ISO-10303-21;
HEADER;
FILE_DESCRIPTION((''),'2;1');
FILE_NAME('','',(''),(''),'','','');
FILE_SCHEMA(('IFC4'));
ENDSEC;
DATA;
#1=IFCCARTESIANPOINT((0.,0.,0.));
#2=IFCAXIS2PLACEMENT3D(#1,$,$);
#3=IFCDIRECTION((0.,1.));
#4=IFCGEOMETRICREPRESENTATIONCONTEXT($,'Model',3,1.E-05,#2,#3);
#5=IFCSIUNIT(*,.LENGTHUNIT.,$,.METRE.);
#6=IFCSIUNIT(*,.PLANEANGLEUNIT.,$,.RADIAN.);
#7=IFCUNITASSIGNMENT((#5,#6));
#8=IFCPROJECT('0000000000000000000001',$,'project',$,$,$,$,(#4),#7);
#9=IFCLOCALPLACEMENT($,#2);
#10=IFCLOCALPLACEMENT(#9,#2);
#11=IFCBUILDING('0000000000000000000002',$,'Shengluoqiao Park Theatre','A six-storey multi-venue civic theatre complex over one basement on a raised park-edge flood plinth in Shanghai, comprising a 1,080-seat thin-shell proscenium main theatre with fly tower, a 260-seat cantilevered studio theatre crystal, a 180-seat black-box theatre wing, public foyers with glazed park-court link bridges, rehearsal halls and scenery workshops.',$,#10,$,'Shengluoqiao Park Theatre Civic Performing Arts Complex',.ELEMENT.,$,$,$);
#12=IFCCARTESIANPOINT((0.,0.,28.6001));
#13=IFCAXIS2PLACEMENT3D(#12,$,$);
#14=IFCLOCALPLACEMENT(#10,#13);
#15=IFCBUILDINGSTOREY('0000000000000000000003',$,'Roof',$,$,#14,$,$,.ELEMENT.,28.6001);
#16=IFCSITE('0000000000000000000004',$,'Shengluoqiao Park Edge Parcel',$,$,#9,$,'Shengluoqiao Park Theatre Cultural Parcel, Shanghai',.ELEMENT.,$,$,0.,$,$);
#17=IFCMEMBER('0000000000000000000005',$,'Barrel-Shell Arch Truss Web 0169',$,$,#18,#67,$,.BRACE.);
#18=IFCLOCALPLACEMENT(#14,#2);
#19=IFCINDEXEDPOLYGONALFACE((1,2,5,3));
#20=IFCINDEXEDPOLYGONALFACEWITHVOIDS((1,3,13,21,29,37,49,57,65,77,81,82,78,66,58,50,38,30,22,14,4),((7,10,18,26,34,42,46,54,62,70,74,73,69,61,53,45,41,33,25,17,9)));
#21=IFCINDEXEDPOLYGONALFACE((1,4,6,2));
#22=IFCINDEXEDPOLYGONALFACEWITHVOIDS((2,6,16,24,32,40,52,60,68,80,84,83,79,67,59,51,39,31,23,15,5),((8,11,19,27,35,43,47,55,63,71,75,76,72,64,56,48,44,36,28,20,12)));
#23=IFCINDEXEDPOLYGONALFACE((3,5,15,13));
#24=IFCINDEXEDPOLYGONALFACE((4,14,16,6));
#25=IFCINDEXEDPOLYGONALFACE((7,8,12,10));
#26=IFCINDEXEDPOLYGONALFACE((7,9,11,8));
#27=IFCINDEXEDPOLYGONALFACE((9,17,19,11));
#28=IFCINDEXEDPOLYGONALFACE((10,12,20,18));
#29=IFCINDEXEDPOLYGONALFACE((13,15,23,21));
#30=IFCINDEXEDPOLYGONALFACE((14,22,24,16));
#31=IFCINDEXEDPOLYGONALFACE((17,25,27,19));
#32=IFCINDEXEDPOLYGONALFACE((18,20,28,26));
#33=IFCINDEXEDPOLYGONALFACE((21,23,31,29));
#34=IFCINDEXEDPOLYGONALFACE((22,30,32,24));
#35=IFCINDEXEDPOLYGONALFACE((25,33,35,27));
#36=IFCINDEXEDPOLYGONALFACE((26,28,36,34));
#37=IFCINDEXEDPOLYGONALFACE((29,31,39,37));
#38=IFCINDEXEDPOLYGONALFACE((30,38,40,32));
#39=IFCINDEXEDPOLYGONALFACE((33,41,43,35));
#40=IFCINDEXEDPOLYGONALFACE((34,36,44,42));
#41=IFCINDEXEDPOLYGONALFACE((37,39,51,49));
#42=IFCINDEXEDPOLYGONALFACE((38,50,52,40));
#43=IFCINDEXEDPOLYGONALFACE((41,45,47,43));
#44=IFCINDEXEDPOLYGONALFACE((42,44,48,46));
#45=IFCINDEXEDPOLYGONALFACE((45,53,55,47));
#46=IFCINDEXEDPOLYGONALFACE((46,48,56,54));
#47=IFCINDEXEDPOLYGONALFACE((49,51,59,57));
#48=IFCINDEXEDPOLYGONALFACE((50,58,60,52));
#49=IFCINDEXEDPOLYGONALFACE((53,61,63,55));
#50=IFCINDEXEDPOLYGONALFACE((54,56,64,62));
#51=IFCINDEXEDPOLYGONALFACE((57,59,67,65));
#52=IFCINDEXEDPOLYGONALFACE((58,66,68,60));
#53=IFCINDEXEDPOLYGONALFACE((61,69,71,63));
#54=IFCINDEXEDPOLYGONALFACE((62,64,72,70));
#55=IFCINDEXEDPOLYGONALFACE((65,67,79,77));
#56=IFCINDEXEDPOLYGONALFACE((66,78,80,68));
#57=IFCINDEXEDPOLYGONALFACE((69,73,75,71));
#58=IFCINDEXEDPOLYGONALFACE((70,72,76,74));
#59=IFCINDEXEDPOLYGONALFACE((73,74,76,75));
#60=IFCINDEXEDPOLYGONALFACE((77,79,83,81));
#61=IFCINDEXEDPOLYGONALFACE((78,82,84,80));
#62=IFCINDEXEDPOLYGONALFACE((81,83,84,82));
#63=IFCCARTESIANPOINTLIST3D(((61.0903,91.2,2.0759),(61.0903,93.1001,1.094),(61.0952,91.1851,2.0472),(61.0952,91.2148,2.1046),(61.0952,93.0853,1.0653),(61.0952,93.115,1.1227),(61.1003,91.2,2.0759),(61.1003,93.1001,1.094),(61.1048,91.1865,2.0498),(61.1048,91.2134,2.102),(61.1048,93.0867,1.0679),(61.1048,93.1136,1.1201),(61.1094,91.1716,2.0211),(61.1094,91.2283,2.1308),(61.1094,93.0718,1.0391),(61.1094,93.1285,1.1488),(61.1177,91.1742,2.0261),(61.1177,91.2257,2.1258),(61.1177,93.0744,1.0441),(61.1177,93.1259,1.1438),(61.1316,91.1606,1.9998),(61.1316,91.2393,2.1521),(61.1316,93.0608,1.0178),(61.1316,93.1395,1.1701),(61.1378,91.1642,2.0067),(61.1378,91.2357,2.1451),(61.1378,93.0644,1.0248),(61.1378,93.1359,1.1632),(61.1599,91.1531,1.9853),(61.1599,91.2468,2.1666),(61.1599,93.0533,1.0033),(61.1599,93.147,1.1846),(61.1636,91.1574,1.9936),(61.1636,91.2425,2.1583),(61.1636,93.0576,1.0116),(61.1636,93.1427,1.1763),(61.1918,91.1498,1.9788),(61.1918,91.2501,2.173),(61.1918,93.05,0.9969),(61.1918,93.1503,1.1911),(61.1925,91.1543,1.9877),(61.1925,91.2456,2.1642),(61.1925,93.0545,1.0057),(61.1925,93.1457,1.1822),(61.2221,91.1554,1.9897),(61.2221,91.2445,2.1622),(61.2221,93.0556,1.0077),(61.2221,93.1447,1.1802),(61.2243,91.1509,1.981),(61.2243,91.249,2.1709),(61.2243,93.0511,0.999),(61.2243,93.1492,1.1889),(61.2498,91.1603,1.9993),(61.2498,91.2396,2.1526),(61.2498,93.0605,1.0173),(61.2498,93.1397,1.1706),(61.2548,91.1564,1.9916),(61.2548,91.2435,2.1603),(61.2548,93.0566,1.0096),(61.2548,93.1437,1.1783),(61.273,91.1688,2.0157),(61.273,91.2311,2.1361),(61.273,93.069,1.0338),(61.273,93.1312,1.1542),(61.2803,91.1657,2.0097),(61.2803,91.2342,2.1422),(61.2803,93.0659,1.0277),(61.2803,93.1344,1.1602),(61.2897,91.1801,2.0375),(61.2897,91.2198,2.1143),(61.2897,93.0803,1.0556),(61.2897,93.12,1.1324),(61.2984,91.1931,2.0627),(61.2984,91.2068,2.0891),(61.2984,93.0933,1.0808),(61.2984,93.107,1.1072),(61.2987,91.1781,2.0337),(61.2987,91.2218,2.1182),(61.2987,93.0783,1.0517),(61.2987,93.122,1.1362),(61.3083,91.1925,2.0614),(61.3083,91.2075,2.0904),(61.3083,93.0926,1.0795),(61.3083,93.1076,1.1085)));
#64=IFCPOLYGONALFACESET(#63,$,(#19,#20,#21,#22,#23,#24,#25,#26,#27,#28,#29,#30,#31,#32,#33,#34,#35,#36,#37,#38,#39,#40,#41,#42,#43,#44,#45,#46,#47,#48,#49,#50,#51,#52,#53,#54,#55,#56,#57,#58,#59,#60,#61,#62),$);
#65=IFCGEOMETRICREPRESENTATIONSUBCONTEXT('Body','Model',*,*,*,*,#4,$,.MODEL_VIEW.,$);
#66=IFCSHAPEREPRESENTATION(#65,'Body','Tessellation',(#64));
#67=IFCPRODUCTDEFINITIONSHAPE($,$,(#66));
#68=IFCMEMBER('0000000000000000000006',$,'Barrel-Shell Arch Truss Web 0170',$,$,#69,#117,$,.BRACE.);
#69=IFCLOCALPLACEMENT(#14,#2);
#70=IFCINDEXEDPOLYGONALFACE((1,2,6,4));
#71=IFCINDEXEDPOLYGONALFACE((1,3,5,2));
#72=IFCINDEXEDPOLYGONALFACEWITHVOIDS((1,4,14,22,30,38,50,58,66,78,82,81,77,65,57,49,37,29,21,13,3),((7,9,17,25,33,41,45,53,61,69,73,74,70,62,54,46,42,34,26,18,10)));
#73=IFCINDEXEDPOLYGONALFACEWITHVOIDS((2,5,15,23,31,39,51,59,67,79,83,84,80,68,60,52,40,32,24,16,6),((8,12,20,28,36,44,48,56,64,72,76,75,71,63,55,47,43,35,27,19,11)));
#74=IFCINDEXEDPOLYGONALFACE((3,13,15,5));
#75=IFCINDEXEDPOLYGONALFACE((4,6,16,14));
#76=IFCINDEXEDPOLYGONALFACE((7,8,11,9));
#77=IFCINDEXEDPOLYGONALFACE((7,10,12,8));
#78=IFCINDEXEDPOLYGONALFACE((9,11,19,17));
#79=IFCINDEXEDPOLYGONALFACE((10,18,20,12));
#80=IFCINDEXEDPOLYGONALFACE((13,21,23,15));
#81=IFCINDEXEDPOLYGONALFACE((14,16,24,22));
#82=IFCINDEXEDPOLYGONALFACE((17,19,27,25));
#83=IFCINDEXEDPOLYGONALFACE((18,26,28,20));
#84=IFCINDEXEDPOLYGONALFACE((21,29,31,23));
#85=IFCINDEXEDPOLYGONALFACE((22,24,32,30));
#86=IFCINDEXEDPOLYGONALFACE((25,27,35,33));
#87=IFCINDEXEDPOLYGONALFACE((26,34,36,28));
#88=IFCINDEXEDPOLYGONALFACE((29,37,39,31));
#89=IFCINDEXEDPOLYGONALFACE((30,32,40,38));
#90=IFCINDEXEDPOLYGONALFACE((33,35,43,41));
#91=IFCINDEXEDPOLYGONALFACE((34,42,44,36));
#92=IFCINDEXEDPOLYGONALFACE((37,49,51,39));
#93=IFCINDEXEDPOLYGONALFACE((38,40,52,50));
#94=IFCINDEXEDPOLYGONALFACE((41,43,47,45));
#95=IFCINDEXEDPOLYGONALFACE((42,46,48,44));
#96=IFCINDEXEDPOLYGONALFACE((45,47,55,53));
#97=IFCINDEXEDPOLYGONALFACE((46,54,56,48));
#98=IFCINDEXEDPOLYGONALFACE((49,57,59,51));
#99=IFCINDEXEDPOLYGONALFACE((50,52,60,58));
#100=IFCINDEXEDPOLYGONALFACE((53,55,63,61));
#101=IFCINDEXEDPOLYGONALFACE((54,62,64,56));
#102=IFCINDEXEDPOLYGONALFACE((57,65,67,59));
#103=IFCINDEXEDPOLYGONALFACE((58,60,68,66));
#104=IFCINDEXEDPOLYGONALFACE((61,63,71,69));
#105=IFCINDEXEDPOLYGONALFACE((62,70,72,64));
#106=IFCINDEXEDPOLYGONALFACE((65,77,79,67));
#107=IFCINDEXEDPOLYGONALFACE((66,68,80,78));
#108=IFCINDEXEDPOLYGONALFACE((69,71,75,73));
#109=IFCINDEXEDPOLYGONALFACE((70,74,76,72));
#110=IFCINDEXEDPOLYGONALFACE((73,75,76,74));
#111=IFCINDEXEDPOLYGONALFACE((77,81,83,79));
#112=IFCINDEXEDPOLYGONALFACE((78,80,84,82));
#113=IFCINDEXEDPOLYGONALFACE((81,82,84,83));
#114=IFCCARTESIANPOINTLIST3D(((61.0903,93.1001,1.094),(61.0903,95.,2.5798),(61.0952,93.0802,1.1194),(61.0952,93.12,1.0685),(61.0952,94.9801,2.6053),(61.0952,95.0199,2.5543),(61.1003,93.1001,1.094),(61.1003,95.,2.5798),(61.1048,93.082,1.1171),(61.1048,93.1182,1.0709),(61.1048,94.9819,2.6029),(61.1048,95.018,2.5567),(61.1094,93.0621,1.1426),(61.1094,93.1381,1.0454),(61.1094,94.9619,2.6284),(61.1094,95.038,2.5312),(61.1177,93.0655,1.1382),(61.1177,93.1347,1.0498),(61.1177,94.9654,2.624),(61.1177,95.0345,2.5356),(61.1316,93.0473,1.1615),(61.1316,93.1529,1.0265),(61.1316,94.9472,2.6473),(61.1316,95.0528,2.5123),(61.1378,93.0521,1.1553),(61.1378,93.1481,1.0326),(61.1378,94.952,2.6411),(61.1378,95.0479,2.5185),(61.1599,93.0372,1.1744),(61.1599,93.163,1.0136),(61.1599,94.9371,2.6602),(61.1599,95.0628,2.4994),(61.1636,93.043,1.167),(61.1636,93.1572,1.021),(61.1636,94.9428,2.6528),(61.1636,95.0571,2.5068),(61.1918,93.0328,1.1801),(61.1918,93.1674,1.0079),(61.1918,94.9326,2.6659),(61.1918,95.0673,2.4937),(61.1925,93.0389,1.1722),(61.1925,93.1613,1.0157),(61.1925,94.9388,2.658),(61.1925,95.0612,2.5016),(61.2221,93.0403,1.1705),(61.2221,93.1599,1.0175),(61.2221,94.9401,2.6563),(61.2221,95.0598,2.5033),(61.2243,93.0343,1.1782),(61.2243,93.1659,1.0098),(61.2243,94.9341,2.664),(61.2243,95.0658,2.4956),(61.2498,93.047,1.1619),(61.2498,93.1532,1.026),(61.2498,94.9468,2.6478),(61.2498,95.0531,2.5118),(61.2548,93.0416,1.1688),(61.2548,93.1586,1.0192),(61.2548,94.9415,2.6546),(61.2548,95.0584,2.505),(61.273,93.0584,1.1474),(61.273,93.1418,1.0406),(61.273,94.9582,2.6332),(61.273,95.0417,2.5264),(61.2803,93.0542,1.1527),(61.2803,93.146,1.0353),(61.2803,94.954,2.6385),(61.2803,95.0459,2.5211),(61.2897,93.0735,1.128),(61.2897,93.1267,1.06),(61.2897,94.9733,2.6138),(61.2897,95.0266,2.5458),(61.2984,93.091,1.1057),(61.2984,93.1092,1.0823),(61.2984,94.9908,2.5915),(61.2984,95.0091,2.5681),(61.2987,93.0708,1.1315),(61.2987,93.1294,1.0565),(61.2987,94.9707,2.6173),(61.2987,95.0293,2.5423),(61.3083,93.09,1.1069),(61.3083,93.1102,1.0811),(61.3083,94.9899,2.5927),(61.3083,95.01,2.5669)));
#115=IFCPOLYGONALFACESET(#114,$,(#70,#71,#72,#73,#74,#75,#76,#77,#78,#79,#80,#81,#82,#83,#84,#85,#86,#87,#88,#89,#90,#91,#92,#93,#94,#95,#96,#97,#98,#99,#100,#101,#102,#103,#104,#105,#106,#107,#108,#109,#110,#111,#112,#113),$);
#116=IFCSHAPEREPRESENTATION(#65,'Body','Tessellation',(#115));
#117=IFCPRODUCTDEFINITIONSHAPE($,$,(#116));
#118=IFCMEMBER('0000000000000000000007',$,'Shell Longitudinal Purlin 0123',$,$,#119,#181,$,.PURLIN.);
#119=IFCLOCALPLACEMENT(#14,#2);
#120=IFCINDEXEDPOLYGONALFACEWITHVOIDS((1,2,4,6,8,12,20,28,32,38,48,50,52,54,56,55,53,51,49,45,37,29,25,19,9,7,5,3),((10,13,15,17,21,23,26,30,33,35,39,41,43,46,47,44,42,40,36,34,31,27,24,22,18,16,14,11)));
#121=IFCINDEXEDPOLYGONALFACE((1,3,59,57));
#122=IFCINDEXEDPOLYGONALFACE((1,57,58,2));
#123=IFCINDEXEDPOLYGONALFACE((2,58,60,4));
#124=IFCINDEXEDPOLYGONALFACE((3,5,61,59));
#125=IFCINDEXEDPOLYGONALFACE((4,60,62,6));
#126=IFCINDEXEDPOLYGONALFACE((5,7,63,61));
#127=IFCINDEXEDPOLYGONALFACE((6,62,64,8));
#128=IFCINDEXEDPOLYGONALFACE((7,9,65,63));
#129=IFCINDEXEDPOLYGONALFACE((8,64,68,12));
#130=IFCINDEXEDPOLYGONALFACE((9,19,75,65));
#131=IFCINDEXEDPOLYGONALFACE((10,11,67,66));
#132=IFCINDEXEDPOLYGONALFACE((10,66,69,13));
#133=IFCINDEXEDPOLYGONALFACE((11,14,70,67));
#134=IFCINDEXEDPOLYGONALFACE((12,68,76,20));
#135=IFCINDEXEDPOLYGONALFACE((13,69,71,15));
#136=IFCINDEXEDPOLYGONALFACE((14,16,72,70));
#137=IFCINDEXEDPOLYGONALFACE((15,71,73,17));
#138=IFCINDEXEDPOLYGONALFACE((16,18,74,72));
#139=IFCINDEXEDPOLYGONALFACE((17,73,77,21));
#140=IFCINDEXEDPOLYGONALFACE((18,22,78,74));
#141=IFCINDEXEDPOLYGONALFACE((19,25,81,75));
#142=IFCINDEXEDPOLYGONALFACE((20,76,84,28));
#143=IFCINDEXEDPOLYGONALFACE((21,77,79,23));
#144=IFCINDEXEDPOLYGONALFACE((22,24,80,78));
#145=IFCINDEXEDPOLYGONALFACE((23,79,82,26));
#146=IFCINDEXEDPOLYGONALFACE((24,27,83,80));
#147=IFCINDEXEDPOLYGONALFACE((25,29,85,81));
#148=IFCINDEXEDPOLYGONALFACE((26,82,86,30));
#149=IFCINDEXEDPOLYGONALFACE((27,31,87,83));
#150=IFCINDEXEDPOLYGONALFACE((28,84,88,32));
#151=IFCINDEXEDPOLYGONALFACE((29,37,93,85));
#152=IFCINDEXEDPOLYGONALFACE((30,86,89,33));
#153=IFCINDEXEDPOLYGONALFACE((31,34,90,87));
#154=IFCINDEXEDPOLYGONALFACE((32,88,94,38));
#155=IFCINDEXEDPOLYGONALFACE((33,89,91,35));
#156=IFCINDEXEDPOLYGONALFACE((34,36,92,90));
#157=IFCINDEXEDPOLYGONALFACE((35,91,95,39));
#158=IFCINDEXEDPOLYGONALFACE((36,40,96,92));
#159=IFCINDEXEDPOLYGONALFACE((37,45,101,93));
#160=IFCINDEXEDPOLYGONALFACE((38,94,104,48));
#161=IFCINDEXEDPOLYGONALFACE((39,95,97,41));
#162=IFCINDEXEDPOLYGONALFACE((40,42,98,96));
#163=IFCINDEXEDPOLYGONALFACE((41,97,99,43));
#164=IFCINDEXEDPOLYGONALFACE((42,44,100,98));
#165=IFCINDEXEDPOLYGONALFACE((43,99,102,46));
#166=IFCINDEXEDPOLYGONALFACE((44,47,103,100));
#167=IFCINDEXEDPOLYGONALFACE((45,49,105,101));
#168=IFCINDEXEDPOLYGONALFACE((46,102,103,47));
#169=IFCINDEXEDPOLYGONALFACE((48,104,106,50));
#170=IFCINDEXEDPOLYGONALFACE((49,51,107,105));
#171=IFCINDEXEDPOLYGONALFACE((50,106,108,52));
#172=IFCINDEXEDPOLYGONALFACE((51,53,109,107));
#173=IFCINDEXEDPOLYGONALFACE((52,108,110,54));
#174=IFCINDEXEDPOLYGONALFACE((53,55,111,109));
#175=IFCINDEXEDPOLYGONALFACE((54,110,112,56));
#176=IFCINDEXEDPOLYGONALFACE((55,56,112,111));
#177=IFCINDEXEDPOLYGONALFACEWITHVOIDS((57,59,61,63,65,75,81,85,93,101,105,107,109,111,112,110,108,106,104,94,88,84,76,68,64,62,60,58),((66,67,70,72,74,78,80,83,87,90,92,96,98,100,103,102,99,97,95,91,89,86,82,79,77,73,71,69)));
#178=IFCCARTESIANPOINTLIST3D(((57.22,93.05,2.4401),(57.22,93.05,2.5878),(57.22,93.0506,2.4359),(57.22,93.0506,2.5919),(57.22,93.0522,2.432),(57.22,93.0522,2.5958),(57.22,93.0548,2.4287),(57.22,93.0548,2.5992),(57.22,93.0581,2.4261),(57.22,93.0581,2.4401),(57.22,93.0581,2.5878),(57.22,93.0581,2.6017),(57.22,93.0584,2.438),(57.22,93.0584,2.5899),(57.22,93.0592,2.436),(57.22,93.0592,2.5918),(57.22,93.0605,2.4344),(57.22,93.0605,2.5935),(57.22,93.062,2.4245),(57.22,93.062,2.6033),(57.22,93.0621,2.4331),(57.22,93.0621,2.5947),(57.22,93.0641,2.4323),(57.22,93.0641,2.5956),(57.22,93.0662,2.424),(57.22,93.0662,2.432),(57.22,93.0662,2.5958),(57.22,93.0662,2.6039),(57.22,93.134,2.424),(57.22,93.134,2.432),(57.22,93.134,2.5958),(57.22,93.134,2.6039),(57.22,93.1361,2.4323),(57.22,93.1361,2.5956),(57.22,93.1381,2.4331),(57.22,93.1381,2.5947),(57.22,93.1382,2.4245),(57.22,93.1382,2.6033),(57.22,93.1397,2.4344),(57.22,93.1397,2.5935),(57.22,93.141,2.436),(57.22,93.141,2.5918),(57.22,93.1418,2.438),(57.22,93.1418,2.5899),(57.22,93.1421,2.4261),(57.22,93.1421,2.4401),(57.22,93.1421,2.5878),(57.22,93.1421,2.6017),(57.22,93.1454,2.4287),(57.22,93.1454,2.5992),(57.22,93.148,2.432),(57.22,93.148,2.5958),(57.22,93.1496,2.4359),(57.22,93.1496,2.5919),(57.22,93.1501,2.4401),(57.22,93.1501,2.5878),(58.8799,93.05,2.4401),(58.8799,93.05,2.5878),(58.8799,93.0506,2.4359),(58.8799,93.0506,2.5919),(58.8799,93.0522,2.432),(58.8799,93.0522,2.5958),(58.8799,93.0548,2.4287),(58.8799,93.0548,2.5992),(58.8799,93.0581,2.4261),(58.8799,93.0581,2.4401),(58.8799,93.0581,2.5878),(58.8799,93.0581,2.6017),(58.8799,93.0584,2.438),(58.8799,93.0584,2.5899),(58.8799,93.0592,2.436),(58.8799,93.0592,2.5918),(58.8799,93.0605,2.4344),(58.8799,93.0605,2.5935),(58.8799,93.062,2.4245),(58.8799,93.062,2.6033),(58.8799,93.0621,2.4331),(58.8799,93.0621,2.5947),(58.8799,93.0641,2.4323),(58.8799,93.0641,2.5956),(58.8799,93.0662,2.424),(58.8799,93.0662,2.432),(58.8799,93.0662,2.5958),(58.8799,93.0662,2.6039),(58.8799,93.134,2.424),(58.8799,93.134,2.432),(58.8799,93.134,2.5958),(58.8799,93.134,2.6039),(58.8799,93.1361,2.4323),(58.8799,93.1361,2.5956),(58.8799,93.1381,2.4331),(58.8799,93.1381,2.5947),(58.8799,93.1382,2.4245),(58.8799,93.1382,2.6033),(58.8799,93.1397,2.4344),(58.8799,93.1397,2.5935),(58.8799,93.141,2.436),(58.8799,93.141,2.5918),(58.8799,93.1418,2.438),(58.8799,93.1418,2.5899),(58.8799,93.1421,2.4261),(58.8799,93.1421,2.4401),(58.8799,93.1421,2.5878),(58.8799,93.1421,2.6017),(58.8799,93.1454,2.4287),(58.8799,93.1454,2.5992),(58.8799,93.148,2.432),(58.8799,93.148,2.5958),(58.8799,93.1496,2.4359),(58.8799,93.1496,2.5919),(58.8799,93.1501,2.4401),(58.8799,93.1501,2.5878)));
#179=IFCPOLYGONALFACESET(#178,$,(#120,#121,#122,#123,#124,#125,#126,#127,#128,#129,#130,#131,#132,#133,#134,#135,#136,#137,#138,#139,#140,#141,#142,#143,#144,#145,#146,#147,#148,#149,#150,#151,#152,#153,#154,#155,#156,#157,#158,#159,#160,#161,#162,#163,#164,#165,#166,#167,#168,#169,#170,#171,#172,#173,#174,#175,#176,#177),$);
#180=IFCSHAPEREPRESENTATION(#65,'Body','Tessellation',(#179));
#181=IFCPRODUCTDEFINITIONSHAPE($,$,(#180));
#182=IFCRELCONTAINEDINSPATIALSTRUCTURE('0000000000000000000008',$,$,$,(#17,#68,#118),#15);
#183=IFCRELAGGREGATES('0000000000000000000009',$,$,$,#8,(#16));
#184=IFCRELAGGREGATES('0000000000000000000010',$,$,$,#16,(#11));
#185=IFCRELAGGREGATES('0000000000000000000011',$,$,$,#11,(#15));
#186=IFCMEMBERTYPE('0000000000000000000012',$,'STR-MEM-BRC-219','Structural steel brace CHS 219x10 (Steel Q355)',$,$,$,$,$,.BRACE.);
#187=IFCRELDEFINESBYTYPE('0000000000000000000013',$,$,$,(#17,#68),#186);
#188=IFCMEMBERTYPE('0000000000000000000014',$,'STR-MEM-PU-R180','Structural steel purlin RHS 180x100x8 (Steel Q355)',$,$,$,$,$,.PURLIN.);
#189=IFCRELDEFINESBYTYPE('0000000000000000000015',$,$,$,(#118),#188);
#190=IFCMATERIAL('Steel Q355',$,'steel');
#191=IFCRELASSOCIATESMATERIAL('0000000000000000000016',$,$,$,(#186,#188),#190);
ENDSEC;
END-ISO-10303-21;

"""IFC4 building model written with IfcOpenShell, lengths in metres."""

from ifc_helpers import new_model, si_unit, direction, frame, origin, origin_2d, place, context, subcontext, project, spatial, hollow_rectangle, hollow_circle, extrude, material, material_profile, profile_set, type_object, element, save


model = new_model("IFC4")

# Units and contexts
model_context = context("Model", 3, precision=1e-05, world=origin(), true_north=direction((0.0, 1.0)))
body_context = subcontext(model_context, "Body", "Model", "MODEL_VIEW")
ifc_project = project(units=[si_unit("LENGTHUNIT", "METRE"), si_unit("PLANEANGLEUNIT", "RADIAN")], contexts=[model_context])

# Site, building, storey
site_placement = place(None, origin())
site = spatial("IfcSite", under=ifc_project, at=site_placement, Name="Shengluoqiao Park Edge Parcel", LongName="Shengluoqiao Park Theatre Cultural Parcel, Shanghai", CompositionType="ELEMENT", RefElevation=0.0)
building_placement = place(site_placement, origin())
building = spatial("IfcBuilding", under=site, at=building_placement, Name="Shengluoqiao Park Theatre", Description="A six-storey multi-venue civic theatre complex over one basement on a raised park-edge flood plinth in Shanghai, comprising a 1,080-seat thin-shell proscenium main theatre with fly tower, a 260-seat cantilevered studio theatre crystal, a 180-seat black-box theatre wing, public foyers with glazed park-court link bridges, rehearsal halls and scenery workshops.", LongName="Shengluoqiao Park Theatre Civic Performing Arts Complex", CompositionType="ELEMENT")
storey_placement = place(building_placement, frame((0.0, 0.0, 28.6001)))
storey = spatial("IfcBuildingStorey", under=building, at=storey_placement, Name="Roof", CompositionType="ELEMENT", Elevation=28.6001)

# Shared definitions
ifc_material_1 = material(Name="Steel Q355", Category="steel")

# Members
ifc_material_profile_1 = material_profile(ifc_material_1, hollow_circle(Radius=0.1096, WallThickness=0.01, at=origin_2d()), Name="CHS 219x10")
ifc_profile_set_1 = profile_set([ifc_material_profile_1], Name="Steel Q355")
member_type_1 = type_object("IfcMemberType", Name="STR-MEM-BRC-219", Description="Structural steel brace CHS 219x10 (Steel Q355)", PredefinedType="BRACE", material=ifc_profile_set_1)
member_1_placement = place(storey_placement, frame((61.2, 91.2, 2.0759), z_axis=(0.0, 0.888389, -0.459091), x_axis=(-1.0, 0.0, 0.0)))
element("IfcMember", 1, at=member_1_placement, inside=storey, type_object=member_type_1, Name="Barrel-Shell Arch Truss Web 0169", PredefinedType="BRACE", context=body_context, shape_type="SweptSolid", body=[
    extrude(hollow_circle(Radius=0.1096, WallThickness=0.01, at=origin_2d()), origin(), (0.0, 0.0, 1.0), 2.1389),
])
member_2_placement = place(storey_placement, frame((61.2, 93.1001, 1.094), z_axis=(0.0, 0.787714, 0.616041), x_axis=(-1.0, 0.0, 0.0)))
element("IfcMember", 2, at=member_2_placement, inside=storey, type_object=member_type_1, Name="Barrel-Shell Arch Truss Web 0170", PredefinedType="BRACE", context=body_context, shape_type="SweptSolid", body=[
    extrude(hollow_circle(Radius=0.1096, WallThickness=0.01, at=origin_2d()), origin(), (0.0, 0.0, 1.0), 2.4119),
])
ifc_material_profile_2 = material_profile(ifc_material_1, hollow_rectangle(XDim=0.1001, YDim=0.1799, WallThickness=0.0081, InnerFilletRadius=0.0081, OuterFilletRadius=0.0161, at=origin_2d()), Name="RHS 180x100x8")
ifc_profile_set_2 = profile_set([ifc_material_profile_2], Name="Steel Q355")
member_type_2 = type_object("IfcMemberType", Name="STR-MEM-PU-R180", Description="Structural steel purlin RHS 180x100x8 (Steel Q355)", PredefinedType="PURLIN", material=ifc_profile_set_2)
for number, where, z_axis, x_axis, name in (
    (3, (57.22, 93.1001, 2.5139), (1.0, 0.0, 0.0), (0.0, 1.0, 0.0), "Shell Longitudinal Purlin 0123"),
):
    element("IfcMember", number, at=place(storey_placement, frame(where, z_axis=z_axis, x_axis=x_axis)), inside=storey, type_object=member_type_2, Name=name, PredefinedType="PURLIN", context=body_context, shape_type="SweptSolid", body=[
        extrude(hollow_rectangle(XDim=0.1001, YDim=0.1799, WallThickness=0.0081, InnerFilletRadius=0.0081, OuterFilletRadius=0.0161, at=origin_2d()), origin(), (0.0, 0.0, 1.0), 1.6599),
    ])

save(model, "model.ifc")
